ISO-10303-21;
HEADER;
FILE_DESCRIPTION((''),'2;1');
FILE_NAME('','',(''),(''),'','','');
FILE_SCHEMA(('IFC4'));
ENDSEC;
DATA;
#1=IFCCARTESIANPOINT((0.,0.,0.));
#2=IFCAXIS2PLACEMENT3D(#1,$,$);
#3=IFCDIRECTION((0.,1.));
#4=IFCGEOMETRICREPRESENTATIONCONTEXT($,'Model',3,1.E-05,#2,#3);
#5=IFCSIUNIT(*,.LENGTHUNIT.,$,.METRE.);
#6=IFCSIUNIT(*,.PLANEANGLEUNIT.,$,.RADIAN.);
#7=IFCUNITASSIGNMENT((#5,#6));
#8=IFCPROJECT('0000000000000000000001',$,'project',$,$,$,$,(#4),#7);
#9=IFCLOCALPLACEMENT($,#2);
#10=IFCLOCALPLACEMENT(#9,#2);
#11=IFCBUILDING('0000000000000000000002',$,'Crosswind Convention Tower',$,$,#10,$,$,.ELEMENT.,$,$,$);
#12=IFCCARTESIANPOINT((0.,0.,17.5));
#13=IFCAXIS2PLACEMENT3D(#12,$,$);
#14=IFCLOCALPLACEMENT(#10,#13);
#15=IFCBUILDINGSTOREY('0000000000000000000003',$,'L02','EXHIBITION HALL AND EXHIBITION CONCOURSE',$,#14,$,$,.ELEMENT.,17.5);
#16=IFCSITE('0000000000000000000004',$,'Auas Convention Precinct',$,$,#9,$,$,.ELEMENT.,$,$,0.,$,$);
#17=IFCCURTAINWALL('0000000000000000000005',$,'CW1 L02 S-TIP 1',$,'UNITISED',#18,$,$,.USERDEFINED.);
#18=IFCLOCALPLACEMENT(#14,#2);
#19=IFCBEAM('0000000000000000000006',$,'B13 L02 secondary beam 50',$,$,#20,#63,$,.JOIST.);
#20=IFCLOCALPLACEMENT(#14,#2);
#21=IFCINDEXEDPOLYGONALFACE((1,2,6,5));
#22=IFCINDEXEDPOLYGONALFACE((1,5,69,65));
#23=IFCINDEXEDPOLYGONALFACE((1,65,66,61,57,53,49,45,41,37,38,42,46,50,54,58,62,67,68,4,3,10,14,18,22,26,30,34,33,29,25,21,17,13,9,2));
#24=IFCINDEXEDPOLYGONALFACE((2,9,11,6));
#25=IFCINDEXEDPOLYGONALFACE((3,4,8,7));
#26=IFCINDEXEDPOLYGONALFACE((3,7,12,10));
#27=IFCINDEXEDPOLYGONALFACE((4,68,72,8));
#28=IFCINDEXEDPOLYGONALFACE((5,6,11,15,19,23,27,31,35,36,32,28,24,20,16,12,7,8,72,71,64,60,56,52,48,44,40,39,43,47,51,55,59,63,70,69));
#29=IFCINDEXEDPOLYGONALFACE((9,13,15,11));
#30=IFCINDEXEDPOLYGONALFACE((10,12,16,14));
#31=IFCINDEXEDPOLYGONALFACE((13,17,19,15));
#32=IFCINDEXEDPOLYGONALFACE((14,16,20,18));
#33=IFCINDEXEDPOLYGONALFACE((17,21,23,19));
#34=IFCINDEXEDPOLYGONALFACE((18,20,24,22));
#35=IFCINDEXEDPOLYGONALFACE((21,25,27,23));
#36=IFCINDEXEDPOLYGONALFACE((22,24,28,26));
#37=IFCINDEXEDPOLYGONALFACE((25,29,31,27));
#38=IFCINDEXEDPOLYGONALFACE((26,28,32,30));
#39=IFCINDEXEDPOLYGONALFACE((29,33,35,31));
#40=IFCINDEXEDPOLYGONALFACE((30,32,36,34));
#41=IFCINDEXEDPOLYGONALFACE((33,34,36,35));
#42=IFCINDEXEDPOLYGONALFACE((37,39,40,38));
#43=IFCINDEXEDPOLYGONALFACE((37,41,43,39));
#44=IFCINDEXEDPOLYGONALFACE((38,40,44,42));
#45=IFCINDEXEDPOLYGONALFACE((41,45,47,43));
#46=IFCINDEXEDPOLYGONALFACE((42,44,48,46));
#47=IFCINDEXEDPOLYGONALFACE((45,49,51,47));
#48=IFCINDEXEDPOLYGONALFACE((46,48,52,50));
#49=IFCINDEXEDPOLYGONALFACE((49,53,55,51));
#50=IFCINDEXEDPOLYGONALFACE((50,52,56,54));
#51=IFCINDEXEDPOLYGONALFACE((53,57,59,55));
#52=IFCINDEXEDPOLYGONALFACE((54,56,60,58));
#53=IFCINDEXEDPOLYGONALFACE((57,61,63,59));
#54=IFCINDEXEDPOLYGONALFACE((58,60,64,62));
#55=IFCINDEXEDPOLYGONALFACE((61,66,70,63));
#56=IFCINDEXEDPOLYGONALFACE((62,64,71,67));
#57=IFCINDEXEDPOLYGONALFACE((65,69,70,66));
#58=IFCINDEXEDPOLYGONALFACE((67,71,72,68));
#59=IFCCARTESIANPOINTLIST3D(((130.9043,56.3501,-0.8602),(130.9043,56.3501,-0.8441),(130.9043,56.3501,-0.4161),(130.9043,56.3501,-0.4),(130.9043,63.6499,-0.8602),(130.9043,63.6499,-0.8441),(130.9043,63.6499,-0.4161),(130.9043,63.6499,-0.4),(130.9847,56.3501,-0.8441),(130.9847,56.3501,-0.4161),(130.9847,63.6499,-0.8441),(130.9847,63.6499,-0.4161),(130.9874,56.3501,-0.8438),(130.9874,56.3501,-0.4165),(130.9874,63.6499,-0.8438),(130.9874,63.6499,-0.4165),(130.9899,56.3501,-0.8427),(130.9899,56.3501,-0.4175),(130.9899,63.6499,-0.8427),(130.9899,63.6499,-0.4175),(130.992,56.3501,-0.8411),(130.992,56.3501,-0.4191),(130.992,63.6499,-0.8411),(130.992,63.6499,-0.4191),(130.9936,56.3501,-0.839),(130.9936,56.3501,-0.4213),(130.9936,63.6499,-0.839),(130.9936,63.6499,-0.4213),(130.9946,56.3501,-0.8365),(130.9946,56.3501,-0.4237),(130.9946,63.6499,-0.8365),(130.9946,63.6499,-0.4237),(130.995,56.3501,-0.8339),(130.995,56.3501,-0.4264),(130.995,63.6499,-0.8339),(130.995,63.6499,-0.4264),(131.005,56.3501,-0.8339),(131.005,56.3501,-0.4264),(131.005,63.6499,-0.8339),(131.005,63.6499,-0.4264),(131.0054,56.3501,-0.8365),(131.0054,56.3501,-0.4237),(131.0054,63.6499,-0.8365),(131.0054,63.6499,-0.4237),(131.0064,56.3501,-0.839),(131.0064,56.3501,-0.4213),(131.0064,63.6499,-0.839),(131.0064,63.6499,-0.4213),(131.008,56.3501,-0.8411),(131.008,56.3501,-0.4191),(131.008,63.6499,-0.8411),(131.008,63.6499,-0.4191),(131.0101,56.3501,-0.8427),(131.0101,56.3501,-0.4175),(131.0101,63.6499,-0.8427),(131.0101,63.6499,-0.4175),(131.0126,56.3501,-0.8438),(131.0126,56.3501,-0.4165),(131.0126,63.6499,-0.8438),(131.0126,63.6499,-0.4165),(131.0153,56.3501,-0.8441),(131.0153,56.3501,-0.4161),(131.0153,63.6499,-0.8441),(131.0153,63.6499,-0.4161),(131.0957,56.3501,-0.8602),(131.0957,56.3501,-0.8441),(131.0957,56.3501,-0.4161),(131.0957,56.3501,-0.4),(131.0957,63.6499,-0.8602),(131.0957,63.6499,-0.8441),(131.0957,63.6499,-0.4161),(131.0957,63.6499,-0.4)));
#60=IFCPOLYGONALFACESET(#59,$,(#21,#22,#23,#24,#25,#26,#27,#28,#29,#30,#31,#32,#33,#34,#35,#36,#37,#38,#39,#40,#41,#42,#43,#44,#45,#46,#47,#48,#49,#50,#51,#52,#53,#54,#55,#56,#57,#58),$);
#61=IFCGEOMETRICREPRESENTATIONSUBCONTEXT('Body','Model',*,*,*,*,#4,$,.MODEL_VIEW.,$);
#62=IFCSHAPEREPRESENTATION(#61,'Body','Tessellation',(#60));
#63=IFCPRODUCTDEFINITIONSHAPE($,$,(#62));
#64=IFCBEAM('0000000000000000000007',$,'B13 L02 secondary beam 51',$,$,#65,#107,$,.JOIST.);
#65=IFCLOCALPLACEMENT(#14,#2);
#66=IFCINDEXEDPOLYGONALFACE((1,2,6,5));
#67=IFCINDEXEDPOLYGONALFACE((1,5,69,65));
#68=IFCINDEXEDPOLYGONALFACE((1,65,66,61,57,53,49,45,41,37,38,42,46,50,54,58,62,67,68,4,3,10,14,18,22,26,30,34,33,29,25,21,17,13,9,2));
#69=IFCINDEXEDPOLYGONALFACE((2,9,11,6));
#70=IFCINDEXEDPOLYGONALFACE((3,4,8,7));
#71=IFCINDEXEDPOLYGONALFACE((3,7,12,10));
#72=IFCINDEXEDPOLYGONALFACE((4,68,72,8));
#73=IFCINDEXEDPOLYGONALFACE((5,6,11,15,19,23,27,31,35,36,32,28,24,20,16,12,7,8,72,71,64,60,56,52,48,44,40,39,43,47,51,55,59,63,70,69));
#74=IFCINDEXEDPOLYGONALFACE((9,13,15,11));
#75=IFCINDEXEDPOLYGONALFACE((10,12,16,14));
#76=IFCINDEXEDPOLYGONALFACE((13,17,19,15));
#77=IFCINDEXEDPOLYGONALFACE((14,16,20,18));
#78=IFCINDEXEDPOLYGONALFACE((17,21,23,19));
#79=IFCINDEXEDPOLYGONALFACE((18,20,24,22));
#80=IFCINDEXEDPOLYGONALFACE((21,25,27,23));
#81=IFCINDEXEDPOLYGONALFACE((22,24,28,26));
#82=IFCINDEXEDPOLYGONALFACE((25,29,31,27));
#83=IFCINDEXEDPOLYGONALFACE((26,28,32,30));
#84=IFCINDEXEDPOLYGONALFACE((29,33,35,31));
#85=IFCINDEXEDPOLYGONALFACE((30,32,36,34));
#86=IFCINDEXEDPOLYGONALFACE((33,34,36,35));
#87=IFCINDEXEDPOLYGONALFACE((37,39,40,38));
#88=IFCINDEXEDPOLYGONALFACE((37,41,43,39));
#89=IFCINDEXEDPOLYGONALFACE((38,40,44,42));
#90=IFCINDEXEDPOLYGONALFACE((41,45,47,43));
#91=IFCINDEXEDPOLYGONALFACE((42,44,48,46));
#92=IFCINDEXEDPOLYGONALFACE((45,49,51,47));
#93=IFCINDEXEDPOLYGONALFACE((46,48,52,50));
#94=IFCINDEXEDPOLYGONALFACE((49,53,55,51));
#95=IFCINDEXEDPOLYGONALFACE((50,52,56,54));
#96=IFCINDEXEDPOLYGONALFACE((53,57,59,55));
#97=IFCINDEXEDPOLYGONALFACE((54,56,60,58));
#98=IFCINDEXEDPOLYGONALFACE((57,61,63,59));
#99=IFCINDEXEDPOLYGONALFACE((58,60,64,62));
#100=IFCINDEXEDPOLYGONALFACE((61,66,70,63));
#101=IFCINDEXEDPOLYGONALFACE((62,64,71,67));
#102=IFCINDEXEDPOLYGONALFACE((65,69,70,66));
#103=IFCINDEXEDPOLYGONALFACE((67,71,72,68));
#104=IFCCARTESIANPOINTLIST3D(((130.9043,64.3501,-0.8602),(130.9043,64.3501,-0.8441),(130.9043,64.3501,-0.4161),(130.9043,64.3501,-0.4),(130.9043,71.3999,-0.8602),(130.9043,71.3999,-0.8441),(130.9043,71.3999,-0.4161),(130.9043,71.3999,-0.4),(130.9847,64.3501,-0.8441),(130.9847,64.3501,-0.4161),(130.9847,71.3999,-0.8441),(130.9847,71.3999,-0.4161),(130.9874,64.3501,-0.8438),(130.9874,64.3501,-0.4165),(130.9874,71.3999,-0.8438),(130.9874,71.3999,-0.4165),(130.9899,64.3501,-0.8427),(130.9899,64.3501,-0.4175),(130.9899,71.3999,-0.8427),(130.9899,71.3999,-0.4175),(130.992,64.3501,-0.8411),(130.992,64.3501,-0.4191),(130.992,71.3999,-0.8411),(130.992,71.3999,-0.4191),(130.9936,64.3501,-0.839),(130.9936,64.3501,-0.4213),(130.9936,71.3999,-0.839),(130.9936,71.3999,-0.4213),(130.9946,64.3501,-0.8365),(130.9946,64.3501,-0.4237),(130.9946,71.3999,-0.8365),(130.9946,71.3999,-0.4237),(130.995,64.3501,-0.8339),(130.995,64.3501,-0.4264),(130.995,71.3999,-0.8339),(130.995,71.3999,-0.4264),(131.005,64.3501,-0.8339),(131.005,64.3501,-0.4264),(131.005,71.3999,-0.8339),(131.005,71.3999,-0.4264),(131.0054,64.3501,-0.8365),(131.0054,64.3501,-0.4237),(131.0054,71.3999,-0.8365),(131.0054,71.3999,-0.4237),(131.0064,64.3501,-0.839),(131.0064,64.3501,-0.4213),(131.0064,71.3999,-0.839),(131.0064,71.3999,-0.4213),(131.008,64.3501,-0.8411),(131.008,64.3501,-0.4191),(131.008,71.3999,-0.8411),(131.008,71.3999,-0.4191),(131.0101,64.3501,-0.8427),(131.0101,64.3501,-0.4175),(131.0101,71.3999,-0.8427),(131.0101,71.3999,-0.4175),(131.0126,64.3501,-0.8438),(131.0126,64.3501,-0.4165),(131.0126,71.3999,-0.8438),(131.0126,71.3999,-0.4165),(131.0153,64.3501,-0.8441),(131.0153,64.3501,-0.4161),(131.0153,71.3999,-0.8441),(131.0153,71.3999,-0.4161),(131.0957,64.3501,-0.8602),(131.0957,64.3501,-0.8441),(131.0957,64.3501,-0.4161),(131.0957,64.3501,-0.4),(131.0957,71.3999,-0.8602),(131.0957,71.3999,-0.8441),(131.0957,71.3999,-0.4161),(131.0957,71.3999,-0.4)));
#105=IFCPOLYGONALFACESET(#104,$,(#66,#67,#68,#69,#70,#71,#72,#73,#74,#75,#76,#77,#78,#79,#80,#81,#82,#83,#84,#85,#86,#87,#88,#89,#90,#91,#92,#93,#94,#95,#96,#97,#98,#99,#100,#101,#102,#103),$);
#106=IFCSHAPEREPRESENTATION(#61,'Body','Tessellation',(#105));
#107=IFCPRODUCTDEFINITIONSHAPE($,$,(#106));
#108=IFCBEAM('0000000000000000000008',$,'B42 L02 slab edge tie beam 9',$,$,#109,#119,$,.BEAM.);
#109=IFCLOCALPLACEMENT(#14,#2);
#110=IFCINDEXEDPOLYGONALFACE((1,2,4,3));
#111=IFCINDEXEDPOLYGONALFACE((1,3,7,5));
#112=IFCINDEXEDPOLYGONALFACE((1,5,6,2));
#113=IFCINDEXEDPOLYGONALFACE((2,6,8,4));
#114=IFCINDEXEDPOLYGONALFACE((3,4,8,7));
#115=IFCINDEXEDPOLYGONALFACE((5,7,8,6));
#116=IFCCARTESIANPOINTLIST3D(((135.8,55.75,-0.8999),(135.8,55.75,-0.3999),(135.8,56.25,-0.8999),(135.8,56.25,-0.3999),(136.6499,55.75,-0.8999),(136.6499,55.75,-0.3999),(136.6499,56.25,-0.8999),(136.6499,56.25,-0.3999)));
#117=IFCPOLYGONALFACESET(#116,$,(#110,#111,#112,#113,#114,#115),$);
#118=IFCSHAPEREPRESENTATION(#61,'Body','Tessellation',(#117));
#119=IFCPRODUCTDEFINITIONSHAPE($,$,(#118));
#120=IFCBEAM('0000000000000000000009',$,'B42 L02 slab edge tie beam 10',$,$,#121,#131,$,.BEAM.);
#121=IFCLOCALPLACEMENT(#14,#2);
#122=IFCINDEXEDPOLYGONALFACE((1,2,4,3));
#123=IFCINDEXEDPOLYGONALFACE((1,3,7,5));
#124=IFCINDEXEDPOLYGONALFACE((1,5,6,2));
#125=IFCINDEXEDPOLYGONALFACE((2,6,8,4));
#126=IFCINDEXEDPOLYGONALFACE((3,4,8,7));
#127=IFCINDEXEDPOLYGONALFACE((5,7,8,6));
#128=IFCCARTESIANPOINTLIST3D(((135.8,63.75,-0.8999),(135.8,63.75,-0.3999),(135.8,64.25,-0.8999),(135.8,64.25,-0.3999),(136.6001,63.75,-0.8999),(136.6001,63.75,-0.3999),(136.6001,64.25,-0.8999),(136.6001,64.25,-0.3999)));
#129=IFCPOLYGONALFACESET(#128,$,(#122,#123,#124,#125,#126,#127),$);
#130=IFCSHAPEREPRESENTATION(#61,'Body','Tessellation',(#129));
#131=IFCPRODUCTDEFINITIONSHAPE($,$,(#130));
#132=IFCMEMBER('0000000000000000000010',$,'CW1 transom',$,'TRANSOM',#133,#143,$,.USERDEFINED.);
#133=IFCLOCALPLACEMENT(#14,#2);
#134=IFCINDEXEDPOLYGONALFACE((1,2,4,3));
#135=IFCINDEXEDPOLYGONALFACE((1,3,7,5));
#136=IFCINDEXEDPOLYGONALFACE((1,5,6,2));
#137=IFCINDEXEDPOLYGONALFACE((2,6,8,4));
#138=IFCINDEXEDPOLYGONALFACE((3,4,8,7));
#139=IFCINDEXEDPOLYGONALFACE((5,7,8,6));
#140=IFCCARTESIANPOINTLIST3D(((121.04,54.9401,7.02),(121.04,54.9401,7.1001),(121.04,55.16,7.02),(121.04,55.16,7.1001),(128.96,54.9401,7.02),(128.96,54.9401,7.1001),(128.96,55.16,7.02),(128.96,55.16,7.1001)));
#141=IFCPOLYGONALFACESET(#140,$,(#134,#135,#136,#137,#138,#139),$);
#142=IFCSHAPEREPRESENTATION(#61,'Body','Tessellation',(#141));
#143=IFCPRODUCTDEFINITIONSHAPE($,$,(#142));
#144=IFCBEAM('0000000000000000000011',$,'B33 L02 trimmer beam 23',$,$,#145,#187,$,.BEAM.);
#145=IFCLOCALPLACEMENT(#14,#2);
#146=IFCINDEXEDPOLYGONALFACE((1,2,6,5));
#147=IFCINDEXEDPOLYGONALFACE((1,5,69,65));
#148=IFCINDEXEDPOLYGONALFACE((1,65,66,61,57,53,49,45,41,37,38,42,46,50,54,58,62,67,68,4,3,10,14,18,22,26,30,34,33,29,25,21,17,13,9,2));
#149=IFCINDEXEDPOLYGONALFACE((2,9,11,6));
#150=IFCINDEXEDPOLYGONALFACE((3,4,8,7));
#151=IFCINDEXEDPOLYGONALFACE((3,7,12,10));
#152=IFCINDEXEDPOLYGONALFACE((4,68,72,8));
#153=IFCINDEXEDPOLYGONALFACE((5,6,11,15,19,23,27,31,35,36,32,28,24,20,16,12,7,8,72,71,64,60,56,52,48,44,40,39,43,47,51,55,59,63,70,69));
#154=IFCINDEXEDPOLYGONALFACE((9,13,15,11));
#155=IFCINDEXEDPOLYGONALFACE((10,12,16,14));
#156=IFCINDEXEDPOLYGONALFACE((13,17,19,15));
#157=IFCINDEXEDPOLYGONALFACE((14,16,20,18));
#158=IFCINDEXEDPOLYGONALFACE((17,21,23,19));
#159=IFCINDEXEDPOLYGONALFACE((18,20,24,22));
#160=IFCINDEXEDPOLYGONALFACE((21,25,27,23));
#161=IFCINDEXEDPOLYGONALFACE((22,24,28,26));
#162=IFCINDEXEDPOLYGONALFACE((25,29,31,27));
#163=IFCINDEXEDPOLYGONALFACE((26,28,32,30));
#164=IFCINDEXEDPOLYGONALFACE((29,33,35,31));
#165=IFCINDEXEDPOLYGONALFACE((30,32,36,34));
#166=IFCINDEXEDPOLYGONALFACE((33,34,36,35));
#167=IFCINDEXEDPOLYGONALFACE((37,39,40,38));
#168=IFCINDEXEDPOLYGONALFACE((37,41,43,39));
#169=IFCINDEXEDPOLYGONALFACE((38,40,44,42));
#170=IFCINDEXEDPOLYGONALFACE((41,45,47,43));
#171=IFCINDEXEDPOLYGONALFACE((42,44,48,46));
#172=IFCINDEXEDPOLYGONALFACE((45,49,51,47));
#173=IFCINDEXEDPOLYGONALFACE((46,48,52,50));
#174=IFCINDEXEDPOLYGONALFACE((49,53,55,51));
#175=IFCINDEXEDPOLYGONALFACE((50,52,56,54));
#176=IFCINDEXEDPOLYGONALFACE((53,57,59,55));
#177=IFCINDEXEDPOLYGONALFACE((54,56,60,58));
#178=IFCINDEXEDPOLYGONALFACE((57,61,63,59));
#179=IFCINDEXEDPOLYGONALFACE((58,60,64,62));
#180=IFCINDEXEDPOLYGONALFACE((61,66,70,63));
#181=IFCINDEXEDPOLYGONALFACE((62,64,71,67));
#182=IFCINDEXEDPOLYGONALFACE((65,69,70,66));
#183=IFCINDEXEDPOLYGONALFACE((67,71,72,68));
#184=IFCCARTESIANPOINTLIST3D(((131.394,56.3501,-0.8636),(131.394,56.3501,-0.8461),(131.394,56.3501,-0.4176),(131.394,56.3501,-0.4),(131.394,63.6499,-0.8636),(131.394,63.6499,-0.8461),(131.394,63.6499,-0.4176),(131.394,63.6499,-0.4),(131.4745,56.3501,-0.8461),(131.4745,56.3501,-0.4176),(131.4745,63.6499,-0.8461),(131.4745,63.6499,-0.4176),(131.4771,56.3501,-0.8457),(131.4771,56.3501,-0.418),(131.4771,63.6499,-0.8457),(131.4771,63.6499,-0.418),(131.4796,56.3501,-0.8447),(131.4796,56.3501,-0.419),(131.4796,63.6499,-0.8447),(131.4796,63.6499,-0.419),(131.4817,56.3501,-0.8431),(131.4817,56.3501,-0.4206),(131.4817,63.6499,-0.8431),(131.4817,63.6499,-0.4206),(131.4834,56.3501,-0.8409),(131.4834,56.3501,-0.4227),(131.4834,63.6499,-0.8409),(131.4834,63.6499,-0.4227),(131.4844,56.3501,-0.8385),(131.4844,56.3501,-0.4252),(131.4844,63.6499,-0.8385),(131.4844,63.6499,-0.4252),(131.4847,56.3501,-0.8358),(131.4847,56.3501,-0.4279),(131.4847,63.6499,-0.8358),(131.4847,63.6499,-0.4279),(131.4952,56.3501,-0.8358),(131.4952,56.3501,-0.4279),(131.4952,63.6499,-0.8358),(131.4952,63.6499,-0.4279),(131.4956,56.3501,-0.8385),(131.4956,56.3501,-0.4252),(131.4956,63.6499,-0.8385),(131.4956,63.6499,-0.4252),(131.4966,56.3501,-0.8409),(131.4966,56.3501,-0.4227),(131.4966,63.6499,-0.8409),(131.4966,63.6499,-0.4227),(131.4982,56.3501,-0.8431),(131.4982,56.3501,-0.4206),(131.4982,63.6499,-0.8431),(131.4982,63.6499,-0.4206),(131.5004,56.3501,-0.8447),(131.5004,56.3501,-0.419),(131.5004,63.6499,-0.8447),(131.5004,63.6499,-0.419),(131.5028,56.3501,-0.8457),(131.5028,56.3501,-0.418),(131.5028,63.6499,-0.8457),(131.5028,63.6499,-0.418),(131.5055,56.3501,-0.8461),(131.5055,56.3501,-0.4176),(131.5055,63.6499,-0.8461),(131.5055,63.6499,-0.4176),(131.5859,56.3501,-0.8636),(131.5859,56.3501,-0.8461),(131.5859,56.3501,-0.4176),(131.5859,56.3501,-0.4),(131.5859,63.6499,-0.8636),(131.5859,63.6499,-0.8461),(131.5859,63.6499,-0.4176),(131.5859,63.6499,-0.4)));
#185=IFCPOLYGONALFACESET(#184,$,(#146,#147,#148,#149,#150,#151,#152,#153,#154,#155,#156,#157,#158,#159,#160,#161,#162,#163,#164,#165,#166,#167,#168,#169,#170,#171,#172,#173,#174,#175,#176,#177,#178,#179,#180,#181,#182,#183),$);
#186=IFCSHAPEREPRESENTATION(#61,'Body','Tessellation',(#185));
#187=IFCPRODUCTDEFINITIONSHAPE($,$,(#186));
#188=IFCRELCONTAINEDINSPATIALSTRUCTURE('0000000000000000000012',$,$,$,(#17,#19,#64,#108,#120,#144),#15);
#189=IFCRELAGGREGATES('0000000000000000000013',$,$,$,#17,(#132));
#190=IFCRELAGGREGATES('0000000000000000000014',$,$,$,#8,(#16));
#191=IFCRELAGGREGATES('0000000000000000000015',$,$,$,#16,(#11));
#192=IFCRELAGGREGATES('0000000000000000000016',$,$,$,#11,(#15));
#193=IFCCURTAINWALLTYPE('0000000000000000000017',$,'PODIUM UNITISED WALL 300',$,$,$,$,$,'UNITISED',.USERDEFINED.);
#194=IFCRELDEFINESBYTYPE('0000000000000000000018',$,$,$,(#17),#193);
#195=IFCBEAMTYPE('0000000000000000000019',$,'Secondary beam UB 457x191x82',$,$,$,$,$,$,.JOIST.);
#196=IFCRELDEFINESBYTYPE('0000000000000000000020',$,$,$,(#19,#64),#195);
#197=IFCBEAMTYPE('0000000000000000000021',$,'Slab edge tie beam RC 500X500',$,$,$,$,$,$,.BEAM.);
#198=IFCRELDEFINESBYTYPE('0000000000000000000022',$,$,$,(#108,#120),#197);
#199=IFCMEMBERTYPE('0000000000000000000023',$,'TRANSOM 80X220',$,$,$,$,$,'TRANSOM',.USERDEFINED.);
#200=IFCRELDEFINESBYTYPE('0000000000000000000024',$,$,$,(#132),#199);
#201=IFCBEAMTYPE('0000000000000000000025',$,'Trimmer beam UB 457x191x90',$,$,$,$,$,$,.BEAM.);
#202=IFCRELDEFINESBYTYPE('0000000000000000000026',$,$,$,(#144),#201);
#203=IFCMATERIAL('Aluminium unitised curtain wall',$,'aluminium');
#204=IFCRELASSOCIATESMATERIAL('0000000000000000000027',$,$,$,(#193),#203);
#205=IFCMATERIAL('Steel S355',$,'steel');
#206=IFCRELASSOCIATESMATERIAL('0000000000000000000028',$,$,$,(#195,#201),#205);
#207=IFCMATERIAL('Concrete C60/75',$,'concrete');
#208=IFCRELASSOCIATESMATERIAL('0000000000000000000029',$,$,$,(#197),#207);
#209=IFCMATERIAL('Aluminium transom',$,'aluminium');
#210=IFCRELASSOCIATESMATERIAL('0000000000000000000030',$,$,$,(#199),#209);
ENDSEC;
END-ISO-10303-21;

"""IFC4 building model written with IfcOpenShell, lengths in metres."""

from ifc_helpers import new_model, si_unit, direction, frame, origin, origin_2d, place, context, subcontext, project, spatial, rectangle, i_section, extrude, material, material_profile, profile_set, type_object, element, aggregate, save


model = new_model("IFC4")

# Units and contexts
model_context = context("Model", 3, precision=1e-05, world=origin(), true_north=direction((0.0, 1.0)))
body_context = subcontext(model_context, "Body", "Model", "MODEL_VIEW")
ifc_project = project(units=[si_unit("LENGTHUNIT", "METRE"), si_unit("PLANEANGLEUNIT", "RADIAN")], contexts=[model_context])

# Site, building, storey
site_placement = place(None, origin())
site = spatial("IfcSite", under=ifc_project, at=site_placement, Name="Auas Convention Precinct", CompositionType="ELEMENT", RefElevation=0.0)
building_placement = place(site_placement, origin())
building = spatial("IfcBuilding", under=site, at=building_placement, Name="Crosswind Convention Tower", CompositionType="ELEMENT")
storey_placement = place(building_placement, frame((0.0, 0.0, 17.5)))
storey = spatial("IfcBuildingStorey", under=building, at=storey_placement, Name="L02", Description="EXHIBITION HALL AND EXHIBITION CONCOURSE", CompositionType="ELEMENT", Elevation=17.5)

# Shared definitions
ifc_material_1 = material(Name="Concrete C60/75", Category="concrete")

# Shared definitions
ifc_material_2 = material(Name="Steel S355", Category="steel")

# Curtain wall
ifc_material_3 = material(Name="Aluminium unitised curtain wall", Category="aluminium")
curtain_wall_type = type_object("IfcCurtainWallType", Name="PODIUM UNITISED WALL 300", ElementType="UNITISED", PredefinedType="USERDEFINED", material=ifc_material_3)
curtain_wall_placement = place(storey_placement, origin())
curtain_wall = element("IfcCurtainWall", 1, at=curtain_wall_placement, inside=storey, type_object=curtain_wall_type, Name="CW1 L02 S-TIP 1", ObjectType="UNITISED", PredefinedType="USERDEFINED")

# Beams
ifc_material_profile_1 = material_profile(ifc_material_2, i_section(OverallWidth=0.1914, OverallDepth=0.4602, WebThickness=0.01, FlangeThickness=0.0161, FilletRadius=0.0103, at=origin_2d()), Name="UB 457x191x82")
ifc_profile_set_1 = profile_set([ifc_material_profile_1], Name="Steel S355")
beam_type_1 = type_object("IfcBeamType", Name="Secondary beam UB 457x191x82", PredefinedType="JOIST", material=ifc_profile_set_1)
beam_1_placement = place(storey_placement, frame((131.0, 56.3501, -0.6301), z_axis=(0.0, 1.0, 0.0), x_axis=(-1.0, 0.0, 0.0)))
element("IfcBeam", 2, at=beam_1_placement, inside=storey, type_object=beam_type_1, Name="B13 L02 secondary beam 50", PredefinedType="JOIST", context=body_context, shape_type="SweptSolid", body=[
    extrude(i_section(OverallWidth=0.1914, OverallDepth=0.4602, WebThickness=0.01, FlangeThickness=0.0161, FilletRadius=0.0103, at=origin_2d()), origin(), (0.0, 0.0, 1.0), 7.2998),
])
beam_2_placement = place(storey_placement, frame((131.0, 64.3501, -0.6301), z_axis=(0.0, 1.0, 0.0), x_axis=(-1.0, 0.0, 0.0)))
element("IfcBeam", 3, at=beam_2_placement, inside=storey, type_object=beam_type_1, Name="B13 L02 secondary beam 51", PredefinedType="JOIST", context=body_context, shape_type="SweptSolid", body=[
    extrude(i_section(OverallWidth=0.1914, OverallDepth=0.4602, WebThickness=0.01, FlangeThickness=0.0161, FilletRadius=0.0103, at=origin_2d()), origin(), (0.0, 0.0, 1.0), 7.0498),
])
ifc_material_profile_2 = material_profile(ifc_material_1, rectangle(XDim=0.5, YDim=0.5, at=origin_2d()), Name="RC 500X500")
ifc_profile_set_2 = profile_set([ifc_material_profile_2], Name="Concrete C60/75")
beam_type_2 = type_object("IfcBeamType", Name="Slab edge tie beam RC 500X500", PredefinedType="BEAM", material=ifc_profile_set_2)
beam_3_placement = place(storey_placement, frame((135.8, 56.0, -0.6499), z_axis=(1.0, 0.0, 0.0), x_axis=(0.0, 1.0, 0.0)))
element("IfcBeam", 4, at=beam_3_placement, inside=storey, type_object=beam_type_2, Name="B42 L02 slab edge tie beam 9", PredefinedType="BEAM", context=body_context, shape_type="SweptSolid", body=[
    extrude(rectangle(XDim=0.5, YDim=0.5, at=origin_2d()), origin(), (0.0, 0.0, 1.0), 0.8499),
])
beam_4_placement = place(storey_placement, frame((135.8, 64.0, -0.6499), z_axis=(1.0, 0.0, 0.0), x_axis=(0.0, 1.0, 0.0)))
element("IfcBeam", 5, at=beam_4_placement, inside=storey, type_object=beam_type_2, Name="B42 L02 slab edge tie beam 10", PredefinedType="BEAM", context=body_context, shape_type="SweptSolid", body=[
    extrude(rectangle(XDim=0.5, YDim=0.5, at=origin_2d()), origin(), (0.0, 0.0, 1.0), 0.8),
])

# Member
ifc_material_4 = material(Name="Aluminium transom", Category="aluminium")
ifc_material_profile_3 = material_profile(ifc_material_4, rectangle(XDim=0.22, YDim=0.0801, at=origin_2d()), Name="AL 220X80")
ifc_profile_set_3 = profile_set([ifc_material_profile_3], Name="Aluminium transom")
member_type_1 = type_object("IfcMemberType", Name="TRANSOM 80X220", ElementType="TRANSOM", PredefinedType="USERDEFINED", material=ifc_profile_set_3)
member_1_placement = place(storey_placement, frame((121.04, 55.05, 7.0601), z_axis=(1.0, 0.0, 0.0), x_axis=(0.0, 1.0, 0.0)))
member_1 = element("IfcMember", 6, at=member_1_placement, type_object=member_type_1, Name="CW1 transom", ObjectType="TRANSOM", PredefinedType="USERDEFINED", context=body_context, shape_type="SweptSolid", body=[
    extrude(rectangle(XDim=0.22, YDim=0.0801, at=origin_2d()), origin(), (0.0, 0.0, 1.0), 7.9199),
])

# Beam
ifc_material_profile_4 = material_profile(ifc_material_2, i_section(OverallWidth=0.1919, OverallDepth=0.4636, WebThickness=0.0105, FlangeThickness=0.0176, FilletRadius=0.0103, at=origin_2d()), Name="UB 457x191x90")
ifc_profile_set_4 = profile_set([ifc_material_profile_4], Name="Steel S355")
beam_type_3 = type_object("IfcBeamType", Name="Trimmer beam UB 457x191x90", PredefinedType="BEAM", material=ifc_profile_set_4)
beam_5_placement = place(storey_placement, frame((131.49, 63.6499, -0.6318), z_axis=(0.0, -1.0, 0.0), x_axis=(1.0, 0.0, 0.0)))
element("IfcBeam", 7, at=beam_5_placement, inside=storey, type_object=beam_type_3, Name="B33 L02 trimmer beam 23", PredefinedType="BEAM", context=body_context, shape_type="SweptSolid", body=[
    extrude(i_section(OverallWidth=0.1919, OverallDepth=0.4636, WebThickness=0.0105, FlangeThickness=0.0176, FilletRadius=0.0103, at=origin_2d()), origin(), (0.0, 0.0, 1.0), 7.2998),
])

aggregate(curtain_wall, [member_1])

save(model, "model.ifc")
